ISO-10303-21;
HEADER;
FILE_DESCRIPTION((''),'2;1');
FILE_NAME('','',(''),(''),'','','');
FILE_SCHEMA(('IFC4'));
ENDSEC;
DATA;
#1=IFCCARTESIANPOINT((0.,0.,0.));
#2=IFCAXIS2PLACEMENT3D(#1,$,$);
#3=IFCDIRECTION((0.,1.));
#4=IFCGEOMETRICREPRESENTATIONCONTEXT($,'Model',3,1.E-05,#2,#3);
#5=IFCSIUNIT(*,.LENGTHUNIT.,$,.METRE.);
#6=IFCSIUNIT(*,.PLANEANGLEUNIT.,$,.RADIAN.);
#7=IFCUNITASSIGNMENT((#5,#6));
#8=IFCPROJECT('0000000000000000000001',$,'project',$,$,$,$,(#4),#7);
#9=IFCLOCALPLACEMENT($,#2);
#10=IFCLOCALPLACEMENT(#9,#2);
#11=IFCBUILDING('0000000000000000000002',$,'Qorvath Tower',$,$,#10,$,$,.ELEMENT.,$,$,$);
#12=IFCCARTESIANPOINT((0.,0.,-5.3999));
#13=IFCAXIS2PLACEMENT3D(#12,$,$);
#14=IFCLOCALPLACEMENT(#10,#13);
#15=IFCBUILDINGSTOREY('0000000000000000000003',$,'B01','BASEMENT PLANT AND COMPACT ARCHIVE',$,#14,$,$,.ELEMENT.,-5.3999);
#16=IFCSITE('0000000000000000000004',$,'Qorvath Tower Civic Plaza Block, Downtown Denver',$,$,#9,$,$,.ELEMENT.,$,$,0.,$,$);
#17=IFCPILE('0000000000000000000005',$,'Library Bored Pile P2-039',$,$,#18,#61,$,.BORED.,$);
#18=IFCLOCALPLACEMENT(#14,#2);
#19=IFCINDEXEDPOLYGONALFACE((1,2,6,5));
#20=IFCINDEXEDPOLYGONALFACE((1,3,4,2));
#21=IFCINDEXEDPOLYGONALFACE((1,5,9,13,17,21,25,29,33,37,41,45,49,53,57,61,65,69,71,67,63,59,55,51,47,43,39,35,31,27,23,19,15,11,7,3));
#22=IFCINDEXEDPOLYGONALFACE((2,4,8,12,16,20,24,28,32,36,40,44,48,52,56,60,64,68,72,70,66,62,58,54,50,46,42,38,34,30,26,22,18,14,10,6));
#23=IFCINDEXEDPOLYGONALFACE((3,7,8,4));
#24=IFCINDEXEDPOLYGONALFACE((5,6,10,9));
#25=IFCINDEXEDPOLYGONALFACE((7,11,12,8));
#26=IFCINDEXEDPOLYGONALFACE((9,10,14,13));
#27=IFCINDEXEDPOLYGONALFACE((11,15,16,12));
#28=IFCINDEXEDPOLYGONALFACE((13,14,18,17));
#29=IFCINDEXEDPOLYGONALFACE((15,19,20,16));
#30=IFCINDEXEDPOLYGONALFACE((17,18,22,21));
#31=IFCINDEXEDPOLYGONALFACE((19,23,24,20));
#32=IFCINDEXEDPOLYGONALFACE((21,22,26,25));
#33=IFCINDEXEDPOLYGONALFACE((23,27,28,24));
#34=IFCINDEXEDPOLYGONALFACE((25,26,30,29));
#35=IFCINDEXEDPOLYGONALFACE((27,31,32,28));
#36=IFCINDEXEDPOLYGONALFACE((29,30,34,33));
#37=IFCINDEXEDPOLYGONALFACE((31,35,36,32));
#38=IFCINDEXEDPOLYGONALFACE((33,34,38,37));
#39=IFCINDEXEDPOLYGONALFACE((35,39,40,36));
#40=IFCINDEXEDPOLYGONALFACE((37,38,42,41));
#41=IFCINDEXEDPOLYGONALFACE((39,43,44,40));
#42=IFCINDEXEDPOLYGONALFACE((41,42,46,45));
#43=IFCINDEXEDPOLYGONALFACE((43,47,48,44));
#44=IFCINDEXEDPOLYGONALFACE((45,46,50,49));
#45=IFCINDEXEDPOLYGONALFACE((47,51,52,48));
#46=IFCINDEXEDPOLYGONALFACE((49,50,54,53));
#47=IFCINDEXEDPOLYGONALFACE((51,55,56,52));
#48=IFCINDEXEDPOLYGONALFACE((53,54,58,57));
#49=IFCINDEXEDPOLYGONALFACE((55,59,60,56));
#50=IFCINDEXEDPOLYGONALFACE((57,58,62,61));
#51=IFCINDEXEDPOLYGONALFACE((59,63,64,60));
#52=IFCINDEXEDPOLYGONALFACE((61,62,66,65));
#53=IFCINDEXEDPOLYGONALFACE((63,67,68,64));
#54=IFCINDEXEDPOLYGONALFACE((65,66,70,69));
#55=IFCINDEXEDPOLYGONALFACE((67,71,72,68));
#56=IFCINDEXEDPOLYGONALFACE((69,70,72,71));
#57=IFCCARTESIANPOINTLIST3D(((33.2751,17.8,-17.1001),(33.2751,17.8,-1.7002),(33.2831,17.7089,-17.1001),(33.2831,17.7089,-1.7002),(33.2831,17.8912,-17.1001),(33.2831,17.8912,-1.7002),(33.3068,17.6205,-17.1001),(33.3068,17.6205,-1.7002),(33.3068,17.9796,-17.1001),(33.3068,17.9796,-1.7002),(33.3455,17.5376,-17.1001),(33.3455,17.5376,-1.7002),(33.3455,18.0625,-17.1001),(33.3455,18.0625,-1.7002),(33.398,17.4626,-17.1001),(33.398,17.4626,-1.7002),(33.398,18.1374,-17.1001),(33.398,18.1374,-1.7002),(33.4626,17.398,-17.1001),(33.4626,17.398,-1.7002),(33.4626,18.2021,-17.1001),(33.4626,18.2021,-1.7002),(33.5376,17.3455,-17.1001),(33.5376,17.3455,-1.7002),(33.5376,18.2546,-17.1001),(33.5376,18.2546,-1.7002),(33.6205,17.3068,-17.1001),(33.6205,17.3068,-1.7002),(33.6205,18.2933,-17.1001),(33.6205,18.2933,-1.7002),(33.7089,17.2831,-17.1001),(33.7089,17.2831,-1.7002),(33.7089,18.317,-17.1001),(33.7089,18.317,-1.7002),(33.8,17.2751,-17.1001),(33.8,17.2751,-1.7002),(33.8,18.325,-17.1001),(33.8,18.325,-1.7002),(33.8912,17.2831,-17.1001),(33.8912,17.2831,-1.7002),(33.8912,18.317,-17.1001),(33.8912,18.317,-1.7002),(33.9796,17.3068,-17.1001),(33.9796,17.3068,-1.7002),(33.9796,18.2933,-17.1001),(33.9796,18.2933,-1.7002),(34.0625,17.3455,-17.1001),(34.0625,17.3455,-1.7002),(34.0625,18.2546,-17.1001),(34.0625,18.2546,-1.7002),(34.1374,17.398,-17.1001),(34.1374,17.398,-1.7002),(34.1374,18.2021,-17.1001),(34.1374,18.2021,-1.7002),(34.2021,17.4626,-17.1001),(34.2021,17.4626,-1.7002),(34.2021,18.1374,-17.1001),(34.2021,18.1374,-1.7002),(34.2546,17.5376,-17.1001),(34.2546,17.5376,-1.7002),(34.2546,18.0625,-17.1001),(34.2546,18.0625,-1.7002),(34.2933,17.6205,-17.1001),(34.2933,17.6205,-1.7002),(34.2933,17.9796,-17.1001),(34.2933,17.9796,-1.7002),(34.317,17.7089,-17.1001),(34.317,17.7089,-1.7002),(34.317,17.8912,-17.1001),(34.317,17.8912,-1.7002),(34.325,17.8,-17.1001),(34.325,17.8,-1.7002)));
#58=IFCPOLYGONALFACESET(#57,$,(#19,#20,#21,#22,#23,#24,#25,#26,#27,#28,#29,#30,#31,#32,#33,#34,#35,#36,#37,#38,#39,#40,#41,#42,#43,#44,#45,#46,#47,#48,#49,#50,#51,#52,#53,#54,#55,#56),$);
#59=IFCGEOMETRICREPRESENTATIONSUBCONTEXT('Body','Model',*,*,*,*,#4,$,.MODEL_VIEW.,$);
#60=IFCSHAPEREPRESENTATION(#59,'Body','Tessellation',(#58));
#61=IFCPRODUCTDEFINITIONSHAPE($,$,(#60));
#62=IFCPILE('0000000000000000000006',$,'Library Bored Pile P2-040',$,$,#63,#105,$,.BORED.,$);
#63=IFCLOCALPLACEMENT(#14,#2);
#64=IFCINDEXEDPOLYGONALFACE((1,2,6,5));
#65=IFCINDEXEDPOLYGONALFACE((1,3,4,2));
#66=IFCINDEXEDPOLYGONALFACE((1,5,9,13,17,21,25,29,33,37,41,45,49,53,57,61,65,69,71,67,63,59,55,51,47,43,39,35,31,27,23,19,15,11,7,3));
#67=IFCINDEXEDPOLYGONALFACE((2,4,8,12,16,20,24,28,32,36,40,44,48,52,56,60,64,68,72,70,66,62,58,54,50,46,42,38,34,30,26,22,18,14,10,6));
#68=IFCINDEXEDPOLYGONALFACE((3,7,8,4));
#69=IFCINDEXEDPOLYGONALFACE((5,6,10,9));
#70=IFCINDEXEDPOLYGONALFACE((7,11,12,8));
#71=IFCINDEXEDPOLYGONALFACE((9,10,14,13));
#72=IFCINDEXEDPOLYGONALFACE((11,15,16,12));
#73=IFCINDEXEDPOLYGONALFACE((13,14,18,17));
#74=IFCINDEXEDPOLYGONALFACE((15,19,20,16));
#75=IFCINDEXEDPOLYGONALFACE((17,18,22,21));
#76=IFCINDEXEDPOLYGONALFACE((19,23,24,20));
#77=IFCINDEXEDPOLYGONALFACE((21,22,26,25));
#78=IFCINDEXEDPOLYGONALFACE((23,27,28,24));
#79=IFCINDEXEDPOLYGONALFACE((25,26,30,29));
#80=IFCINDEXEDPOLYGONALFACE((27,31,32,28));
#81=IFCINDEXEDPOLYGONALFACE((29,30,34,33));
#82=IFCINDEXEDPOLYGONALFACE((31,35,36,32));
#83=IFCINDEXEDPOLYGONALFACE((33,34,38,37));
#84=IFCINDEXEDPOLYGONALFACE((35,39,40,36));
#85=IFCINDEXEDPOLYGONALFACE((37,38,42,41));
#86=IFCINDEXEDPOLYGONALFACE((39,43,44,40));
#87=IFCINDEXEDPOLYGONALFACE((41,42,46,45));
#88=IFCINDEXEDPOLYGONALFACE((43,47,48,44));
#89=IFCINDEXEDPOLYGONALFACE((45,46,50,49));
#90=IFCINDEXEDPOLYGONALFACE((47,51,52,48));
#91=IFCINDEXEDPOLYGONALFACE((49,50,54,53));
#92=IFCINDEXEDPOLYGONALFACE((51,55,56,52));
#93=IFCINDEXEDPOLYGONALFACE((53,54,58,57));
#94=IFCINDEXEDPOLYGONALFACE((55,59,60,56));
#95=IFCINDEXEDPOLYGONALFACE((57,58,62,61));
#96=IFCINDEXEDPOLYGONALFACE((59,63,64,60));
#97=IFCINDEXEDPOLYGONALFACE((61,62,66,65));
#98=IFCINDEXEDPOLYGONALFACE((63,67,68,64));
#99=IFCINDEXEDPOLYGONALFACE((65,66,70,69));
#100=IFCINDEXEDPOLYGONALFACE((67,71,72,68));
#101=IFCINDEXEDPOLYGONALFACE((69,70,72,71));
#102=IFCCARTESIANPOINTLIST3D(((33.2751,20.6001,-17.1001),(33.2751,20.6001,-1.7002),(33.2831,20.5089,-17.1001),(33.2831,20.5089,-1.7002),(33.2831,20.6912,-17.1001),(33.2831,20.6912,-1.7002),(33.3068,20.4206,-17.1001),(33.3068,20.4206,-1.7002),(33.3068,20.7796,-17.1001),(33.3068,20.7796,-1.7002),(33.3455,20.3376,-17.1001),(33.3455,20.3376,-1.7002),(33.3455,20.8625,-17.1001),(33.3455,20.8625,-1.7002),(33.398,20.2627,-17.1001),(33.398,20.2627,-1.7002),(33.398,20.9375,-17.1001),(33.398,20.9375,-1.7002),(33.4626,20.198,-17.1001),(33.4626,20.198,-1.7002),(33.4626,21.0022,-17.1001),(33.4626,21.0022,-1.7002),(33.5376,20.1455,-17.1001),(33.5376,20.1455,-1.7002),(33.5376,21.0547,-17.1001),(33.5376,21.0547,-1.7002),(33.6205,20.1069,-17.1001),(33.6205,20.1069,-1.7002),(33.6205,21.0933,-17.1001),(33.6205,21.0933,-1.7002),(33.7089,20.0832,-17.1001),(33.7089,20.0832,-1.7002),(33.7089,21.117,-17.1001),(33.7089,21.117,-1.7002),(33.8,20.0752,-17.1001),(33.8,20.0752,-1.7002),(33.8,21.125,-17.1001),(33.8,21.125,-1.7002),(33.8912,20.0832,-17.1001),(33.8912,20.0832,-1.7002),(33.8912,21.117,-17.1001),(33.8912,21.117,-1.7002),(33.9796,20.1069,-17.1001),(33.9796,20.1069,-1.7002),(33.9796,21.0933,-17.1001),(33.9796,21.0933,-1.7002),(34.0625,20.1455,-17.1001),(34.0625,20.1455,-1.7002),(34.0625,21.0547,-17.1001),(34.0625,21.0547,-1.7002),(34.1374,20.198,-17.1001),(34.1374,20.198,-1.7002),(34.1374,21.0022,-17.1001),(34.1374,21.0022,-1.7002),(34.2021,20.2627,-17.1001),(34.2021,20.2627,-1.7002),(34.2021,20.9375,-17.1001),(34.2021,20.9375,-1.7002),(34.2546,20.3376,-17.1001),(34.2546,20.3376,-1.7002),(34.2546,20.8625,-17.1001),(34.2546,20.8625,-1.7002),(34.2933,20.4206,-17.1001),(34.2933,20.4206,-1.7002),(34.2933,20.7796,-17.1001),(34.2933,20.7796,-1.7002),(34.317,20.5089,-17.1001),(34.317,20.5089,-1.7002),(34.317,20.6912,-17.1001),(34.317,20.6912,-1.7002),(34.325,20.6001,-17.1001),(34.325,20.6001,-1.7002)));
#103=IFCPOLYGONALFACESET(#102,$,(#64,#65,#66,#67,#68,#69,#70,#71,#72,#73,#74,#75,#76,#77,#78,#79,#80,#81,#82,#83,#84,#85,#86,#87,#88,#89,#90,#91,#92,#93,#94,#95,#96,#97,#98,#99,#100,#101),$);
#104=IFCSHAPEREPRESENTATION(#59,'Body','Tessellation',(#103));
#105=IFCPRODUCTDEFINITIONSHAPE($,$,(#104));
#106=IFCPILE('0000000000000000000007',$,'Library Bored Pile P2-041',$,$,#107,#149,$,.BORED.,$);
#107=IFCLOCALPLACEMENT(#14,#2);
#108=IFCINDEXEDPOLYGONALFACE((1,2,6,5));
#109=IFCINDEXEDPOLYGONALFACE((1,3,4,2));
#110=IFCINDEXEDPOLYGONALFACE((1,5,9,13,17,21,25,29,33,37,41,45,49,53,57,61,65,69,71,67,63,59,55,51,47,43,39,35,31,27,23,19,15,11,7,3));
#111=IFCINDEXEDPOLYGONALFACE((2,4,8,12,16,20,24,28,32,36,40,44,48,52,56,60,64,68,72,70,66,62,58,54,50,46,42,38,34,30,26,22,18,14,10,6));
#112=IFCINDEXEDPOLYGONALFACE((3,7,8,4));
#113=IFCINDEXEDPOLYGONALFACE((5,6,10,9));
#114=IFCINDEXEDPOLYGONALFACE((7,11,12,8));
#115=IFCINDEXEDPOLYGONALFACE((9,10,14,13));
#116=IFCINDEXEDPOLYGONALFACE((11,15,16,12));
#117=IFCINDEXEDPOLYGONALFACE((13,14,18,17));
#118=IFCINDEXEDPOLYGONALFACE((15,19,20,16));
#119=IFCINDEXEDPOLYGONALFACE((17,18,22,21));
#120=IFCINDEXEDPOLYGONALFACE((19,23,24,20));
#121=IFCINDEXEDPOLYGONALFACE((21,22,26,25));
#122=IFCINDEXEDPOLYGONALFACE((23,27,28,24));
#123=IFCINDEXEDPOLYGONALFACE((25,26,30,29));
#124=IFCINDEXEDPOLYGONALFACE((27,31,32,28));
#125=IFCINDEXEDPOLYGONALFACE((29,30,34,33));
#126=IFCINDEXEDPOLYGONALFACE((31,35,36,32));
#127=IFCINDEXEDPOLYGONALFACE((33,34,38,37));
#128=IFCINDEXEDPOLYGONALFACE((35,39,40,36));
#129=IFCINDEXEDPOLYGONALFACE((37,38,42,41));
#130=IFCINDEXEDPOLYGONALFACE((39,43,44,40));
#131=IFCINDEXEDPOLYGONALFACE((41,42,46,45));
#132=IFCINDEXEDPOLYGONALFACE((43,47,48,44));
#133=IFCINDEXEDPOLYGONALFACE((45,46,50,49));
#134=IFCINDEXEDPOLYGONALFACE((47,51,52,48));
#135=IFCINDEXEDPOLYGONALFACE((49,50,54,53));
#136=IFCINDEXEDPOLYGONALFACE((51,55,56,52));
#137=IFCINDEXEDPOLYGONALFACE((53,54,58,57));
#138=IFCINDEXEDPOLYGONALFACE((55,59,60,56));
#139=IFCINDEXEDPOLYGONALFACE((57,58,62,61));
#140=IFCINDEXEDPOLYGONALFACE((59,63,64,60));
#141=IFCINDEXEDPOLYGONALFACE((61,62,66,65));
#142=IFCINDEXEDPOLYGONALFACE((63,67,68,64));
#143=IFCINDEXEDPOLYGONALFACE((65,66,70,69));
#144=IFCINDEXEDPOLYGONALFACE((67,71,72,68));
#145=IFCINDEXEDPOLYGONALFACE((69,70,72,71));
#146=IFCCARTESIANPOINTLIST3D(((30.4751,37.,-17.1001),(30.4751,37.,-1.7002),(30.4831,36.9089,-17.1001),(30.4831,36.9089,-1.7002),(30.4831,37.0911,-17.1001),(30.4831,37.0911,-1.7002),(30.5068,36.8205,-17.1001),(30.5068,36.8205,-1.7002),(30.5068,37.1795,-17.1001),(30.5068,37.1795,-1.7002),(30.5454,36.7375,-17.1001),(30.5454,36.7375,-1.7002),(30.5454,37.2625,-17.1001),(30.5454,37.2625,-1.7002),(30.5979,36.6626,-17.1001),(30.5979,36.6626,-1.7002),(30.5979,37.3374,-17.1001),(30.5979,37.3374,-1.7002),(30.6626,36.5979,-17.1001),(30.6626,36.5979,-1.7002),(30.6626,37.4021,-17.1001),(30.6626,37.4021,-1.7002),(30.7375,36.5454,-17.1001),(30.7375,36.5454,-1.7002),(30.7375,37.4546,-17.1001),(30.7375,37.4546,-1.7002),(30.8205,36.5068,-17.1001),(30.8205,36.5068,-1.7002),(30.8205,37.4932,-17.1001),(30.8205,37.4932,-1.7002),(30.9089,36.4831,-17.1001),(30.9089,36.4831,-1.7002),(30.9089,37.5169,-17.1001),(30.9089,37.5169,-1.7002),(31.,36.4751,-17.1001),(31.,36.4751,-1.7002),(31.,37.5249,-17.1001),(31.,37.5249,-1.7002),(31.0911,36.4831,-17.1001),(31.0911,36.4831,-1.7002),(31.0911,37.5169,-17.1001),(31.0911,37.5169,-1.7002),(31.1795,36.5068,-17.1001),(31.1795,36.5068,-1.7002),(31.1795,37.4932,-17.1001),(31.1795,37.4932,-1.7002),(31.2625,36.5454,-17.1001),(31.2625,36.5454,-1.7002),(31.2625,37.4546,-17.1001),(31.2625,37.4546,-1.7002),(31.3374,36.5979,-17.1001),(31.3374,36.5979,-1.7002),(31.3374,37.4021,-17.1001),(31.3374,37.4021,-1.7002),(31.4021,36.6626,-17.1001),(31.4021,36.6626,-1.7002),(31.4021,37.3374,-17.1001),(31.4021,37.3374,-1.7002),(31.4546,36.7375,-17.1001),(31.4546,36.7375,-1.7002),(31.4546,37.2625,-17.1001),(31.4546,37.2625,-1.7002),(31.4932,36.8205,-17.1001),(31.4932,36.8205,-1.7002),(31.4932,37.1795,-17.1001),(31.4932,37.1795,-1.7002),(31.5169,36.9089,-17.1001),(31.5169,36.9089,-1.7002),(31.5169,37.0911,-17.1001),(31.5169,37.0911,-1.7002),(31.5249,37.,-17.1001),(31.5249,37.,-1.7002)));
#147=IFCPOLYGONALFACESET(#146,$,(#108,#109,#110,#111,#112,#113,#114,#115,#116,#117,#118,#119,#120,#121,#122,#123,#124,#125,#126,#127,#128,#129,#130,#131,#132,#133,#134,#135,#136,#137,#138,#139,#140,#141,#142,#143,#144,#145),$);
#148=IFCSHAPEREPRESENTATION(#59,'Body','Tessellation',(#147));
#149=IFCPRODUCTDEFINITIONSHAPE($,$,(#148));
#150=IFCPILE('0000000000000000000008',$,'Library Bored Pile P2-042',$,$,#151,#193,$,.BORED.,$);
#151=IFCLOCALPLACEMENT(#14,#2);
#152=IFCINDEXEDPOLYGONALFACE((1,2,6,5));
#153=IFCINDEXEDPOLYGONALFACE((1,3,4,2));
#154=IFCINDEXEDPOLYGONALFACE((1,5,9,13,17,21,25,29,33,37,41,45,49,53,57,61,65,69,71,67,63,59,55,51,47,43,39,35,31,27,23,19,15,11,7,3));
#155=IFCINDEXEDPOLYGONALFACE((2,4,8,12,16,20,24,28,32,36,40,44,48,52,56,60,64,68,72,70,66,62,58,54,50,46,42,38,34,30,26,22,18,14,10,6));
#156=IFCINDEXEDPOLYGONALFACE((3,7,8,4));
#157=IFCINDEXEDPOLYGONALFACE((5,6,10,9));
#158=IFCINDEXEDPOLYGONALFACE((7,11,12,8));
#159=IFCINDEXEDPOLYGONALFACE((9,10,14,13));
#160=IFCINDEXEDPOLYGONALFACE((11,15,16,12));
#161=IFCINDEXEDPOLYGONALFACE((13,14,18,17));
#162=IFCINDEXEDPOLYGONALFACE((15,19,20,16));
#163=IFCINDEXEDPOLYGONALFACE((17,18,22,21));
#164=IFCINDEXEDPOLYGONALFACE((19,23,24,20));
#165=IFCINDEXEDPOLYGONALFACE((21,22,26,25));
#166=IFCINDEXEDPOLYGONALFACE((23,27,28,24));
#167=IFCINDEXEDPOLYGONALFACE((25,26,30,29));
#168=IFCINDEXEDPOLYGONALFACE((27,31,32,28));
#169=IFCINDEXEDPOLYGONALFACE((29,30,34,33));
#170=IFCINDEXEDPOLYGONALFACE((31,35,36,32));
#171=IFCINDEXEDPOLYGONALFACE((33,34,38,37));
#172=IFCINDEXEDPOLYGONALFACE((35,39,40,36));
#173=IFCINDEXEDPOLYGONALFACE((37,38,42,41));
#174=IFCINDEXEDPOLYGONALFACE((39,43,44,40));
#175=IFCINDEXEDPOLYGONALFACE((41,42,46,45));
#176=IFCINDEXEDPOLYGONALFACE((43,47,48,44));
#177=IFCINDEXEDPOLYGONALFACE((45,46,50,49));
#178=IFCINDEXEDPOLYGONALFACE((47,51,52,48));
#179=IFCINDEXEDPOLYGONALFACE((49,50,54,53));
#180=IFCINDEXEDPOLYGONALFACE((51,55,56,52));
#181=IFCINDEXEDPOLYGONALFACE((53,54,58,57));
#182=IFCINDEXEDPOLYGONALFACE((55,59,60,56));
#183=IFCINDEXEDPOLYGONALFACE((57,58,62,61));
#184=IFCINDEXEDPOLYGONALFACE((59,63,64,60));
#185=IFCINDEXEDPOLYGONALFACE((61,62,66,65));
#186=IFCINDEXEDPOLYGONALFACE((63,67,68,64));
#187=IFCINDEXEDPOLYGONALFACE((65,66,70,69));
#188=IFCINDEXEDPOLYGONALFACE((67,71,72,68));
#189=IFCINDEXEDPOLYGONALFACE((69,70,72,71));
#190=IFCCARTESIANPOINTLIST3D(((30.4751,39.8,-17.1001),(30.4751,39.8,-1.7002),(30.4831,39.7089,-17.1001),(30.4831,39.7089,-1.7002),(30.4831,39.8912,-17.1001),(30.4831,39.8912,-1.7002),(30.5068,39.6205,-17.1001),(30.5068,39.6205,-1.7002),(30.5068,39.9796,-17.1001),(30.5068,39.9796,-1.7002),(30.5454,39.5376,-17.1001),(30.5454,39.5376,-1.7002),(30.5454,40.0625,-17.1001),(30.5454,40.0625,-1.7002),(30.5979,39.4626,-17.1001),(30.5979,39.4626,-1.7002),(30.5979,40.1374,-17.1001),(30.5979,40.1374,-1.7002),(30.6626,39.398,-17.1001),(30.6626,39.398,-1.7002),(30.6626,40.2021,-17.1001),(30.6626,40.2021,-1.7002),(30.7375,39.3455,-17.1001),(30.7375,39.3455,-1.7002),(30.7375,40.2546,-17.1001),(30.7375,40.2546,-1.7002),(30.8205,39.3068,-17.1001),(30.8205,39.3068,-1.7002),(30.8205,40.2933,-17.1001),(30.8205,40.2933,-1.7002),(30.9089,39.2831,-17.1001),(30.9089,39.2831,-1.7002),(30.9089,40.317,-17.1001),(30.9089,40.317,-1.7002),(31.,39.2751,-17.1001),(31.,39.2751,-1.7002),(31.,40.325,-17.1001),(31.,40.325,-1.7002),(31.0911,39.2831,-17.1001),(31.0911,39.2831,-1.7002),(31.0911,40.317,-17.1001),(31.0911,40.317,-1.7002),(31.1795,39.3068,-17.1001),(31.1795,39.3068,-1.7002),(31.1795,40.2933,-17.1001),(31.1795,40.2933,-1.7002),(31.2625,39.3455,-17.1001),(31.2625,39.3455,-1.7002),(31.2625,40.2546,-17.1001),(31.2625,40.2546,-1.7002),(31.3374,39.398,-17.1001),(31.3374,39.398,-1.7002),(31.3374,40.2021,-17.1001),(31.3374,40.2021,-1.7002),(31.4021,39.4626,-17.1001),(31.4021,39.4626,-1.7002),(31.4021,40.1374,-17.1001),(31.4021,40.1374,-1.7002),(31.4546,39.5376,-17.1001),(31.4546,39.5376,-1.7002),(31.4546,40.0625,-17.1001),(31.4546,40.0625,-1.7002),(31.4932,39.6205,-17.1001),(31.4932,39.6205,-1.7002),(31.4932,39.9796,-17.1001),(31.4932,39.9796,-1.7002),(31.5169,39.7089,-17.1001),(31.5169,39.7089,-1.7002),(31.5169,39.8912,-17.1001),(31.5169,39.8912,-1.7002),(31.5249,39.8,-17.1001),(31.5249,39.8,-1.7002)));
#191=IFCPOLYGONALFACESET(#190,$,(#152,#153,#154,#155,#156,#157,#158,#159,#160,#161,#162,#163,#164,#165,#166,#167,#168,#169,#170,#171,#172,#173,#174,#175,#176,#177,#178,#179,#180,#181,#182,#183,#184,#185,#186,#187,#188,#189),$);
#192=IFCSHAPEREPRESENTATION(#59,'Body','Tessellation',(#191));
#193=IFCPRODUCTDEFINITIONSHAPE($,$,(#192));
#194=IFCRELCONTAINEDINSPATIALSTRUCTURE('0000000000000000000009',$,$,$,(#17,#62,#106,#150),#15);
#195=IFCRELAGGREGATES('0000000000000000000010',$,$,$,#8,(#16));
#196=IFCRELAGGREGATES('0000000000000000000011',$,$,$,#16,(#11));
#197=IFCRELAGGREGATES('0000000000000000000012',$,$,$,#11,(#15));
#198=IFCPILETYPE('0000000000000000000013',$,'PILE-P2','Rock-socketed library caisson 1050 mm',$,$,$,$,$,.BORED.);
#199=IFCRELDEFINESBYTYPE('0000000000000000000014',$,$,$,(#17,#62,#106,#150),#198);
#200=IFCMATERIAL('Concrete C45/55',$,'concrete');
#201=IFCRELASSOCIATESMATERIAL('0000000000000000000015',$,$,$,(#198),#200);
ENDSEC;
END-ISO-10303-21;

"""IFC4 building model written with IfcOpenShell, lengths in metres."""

from ifc_helpers import new_model, si_unit, direction, frame, origin, origin_2d, place, context, subcontext, project, spatial, circle, extrude, material, material_profile, profile_set, type_object, element, save


model = new_model("IFC4")

# Units and contexts
model_context = context("Model", 3, precision=1e-05, world=origin(), true_north=direction((0.0, 1.0)))
body_context = subcontext(model_context, "Body", "Model", "MODEL_VIEW")
ifc_project = project(units=[si_unit("LENGTHUNIT", "METRE"), si_unit("PLANEANGLEUNIT", "RADIAN")], contexts=[model_context])

# Site, building, storey
site_placement = place(None, origin())
site = spatial("IfcSite", under=ifc_project, at=site_placement, Name="Qorvath Tower Civic Plaza Block, Downtown Denver", CompositionType="ELEMENT", RefElevation=0.0)
building_placement = place(site_placement, origin())
building = spatial("IfcBuilding", under=site, at=building_placement, Name="Qorvath Tower", CompositionType="ELEMENT")
storey_placement = place(building_placement, frame((0.0, 0.0, -5.3999)))
storey = spatial("IfcBuildingStorey", under=building, at=storey_placement, Name="B01", Description="BASEMENT PLANT AND COMPACT ARCHIVE", CompositionType="ELEMENT", Elevation=-5.3999)

# Piles
ifc_material_1 = material(Name="Concrete C45/55", Category="concrete")
ifc_material_profile_1 = material_profile(ifc_material_1, circle(Radius=0.5249, at=origin_2d()), Name="BORED PILE 1050")
ifc_profile_set_1 = profile_set([ifc_material_profile_1], Name="Concrete C45/55")
pile_type_1 = type_object("IfcPileType", Name="PILE-P2", Description="Rock-socketed library caisson 1050 mm", PredefinedType="BORED", material=ifc_profile_set_1)
for number, where, z_axis, x_axis, name in (
    (1, (33.8, 17.8, -1.7002), (0.0, 0.0, -1.0), (1.0, 0.0, 0.0), "Library Bored Pile P2-039"),
    (2, (33.8, 20.6001, -1.7002), (0.0, 0.0, -1.0), (1.0, 0.0, 0.0), "Library Bored Pile P2-040"),
    (3, (31.0, 37.0, -1.7002), (0.0, 0.0, -1.0), (1.0, 0.0, 0.0), "Library Bored Pile P2-041"),
    (4, (31.0, 39.8, -1.7002), (0.0, 0.0, -1.0), (1.0, 0.0, 0.0), "Library Bored Pile P2-042"),
):
    element("IfcPile", number, at=place(storey_placement, frame(where, z_axis=z_axis, x_axis=x_axis)), inside=storey, type_object=pile_type_1, Name=name, PredefinedType="BORED", context=body_context, shape_type="SweptSolid", body=[
        extrude(circle(Radius=0.5249, at=origin_2d()), origin(), (0.0, 0.0, 1.0), 15.3999),
    ])

save(model, "model.ifc")
